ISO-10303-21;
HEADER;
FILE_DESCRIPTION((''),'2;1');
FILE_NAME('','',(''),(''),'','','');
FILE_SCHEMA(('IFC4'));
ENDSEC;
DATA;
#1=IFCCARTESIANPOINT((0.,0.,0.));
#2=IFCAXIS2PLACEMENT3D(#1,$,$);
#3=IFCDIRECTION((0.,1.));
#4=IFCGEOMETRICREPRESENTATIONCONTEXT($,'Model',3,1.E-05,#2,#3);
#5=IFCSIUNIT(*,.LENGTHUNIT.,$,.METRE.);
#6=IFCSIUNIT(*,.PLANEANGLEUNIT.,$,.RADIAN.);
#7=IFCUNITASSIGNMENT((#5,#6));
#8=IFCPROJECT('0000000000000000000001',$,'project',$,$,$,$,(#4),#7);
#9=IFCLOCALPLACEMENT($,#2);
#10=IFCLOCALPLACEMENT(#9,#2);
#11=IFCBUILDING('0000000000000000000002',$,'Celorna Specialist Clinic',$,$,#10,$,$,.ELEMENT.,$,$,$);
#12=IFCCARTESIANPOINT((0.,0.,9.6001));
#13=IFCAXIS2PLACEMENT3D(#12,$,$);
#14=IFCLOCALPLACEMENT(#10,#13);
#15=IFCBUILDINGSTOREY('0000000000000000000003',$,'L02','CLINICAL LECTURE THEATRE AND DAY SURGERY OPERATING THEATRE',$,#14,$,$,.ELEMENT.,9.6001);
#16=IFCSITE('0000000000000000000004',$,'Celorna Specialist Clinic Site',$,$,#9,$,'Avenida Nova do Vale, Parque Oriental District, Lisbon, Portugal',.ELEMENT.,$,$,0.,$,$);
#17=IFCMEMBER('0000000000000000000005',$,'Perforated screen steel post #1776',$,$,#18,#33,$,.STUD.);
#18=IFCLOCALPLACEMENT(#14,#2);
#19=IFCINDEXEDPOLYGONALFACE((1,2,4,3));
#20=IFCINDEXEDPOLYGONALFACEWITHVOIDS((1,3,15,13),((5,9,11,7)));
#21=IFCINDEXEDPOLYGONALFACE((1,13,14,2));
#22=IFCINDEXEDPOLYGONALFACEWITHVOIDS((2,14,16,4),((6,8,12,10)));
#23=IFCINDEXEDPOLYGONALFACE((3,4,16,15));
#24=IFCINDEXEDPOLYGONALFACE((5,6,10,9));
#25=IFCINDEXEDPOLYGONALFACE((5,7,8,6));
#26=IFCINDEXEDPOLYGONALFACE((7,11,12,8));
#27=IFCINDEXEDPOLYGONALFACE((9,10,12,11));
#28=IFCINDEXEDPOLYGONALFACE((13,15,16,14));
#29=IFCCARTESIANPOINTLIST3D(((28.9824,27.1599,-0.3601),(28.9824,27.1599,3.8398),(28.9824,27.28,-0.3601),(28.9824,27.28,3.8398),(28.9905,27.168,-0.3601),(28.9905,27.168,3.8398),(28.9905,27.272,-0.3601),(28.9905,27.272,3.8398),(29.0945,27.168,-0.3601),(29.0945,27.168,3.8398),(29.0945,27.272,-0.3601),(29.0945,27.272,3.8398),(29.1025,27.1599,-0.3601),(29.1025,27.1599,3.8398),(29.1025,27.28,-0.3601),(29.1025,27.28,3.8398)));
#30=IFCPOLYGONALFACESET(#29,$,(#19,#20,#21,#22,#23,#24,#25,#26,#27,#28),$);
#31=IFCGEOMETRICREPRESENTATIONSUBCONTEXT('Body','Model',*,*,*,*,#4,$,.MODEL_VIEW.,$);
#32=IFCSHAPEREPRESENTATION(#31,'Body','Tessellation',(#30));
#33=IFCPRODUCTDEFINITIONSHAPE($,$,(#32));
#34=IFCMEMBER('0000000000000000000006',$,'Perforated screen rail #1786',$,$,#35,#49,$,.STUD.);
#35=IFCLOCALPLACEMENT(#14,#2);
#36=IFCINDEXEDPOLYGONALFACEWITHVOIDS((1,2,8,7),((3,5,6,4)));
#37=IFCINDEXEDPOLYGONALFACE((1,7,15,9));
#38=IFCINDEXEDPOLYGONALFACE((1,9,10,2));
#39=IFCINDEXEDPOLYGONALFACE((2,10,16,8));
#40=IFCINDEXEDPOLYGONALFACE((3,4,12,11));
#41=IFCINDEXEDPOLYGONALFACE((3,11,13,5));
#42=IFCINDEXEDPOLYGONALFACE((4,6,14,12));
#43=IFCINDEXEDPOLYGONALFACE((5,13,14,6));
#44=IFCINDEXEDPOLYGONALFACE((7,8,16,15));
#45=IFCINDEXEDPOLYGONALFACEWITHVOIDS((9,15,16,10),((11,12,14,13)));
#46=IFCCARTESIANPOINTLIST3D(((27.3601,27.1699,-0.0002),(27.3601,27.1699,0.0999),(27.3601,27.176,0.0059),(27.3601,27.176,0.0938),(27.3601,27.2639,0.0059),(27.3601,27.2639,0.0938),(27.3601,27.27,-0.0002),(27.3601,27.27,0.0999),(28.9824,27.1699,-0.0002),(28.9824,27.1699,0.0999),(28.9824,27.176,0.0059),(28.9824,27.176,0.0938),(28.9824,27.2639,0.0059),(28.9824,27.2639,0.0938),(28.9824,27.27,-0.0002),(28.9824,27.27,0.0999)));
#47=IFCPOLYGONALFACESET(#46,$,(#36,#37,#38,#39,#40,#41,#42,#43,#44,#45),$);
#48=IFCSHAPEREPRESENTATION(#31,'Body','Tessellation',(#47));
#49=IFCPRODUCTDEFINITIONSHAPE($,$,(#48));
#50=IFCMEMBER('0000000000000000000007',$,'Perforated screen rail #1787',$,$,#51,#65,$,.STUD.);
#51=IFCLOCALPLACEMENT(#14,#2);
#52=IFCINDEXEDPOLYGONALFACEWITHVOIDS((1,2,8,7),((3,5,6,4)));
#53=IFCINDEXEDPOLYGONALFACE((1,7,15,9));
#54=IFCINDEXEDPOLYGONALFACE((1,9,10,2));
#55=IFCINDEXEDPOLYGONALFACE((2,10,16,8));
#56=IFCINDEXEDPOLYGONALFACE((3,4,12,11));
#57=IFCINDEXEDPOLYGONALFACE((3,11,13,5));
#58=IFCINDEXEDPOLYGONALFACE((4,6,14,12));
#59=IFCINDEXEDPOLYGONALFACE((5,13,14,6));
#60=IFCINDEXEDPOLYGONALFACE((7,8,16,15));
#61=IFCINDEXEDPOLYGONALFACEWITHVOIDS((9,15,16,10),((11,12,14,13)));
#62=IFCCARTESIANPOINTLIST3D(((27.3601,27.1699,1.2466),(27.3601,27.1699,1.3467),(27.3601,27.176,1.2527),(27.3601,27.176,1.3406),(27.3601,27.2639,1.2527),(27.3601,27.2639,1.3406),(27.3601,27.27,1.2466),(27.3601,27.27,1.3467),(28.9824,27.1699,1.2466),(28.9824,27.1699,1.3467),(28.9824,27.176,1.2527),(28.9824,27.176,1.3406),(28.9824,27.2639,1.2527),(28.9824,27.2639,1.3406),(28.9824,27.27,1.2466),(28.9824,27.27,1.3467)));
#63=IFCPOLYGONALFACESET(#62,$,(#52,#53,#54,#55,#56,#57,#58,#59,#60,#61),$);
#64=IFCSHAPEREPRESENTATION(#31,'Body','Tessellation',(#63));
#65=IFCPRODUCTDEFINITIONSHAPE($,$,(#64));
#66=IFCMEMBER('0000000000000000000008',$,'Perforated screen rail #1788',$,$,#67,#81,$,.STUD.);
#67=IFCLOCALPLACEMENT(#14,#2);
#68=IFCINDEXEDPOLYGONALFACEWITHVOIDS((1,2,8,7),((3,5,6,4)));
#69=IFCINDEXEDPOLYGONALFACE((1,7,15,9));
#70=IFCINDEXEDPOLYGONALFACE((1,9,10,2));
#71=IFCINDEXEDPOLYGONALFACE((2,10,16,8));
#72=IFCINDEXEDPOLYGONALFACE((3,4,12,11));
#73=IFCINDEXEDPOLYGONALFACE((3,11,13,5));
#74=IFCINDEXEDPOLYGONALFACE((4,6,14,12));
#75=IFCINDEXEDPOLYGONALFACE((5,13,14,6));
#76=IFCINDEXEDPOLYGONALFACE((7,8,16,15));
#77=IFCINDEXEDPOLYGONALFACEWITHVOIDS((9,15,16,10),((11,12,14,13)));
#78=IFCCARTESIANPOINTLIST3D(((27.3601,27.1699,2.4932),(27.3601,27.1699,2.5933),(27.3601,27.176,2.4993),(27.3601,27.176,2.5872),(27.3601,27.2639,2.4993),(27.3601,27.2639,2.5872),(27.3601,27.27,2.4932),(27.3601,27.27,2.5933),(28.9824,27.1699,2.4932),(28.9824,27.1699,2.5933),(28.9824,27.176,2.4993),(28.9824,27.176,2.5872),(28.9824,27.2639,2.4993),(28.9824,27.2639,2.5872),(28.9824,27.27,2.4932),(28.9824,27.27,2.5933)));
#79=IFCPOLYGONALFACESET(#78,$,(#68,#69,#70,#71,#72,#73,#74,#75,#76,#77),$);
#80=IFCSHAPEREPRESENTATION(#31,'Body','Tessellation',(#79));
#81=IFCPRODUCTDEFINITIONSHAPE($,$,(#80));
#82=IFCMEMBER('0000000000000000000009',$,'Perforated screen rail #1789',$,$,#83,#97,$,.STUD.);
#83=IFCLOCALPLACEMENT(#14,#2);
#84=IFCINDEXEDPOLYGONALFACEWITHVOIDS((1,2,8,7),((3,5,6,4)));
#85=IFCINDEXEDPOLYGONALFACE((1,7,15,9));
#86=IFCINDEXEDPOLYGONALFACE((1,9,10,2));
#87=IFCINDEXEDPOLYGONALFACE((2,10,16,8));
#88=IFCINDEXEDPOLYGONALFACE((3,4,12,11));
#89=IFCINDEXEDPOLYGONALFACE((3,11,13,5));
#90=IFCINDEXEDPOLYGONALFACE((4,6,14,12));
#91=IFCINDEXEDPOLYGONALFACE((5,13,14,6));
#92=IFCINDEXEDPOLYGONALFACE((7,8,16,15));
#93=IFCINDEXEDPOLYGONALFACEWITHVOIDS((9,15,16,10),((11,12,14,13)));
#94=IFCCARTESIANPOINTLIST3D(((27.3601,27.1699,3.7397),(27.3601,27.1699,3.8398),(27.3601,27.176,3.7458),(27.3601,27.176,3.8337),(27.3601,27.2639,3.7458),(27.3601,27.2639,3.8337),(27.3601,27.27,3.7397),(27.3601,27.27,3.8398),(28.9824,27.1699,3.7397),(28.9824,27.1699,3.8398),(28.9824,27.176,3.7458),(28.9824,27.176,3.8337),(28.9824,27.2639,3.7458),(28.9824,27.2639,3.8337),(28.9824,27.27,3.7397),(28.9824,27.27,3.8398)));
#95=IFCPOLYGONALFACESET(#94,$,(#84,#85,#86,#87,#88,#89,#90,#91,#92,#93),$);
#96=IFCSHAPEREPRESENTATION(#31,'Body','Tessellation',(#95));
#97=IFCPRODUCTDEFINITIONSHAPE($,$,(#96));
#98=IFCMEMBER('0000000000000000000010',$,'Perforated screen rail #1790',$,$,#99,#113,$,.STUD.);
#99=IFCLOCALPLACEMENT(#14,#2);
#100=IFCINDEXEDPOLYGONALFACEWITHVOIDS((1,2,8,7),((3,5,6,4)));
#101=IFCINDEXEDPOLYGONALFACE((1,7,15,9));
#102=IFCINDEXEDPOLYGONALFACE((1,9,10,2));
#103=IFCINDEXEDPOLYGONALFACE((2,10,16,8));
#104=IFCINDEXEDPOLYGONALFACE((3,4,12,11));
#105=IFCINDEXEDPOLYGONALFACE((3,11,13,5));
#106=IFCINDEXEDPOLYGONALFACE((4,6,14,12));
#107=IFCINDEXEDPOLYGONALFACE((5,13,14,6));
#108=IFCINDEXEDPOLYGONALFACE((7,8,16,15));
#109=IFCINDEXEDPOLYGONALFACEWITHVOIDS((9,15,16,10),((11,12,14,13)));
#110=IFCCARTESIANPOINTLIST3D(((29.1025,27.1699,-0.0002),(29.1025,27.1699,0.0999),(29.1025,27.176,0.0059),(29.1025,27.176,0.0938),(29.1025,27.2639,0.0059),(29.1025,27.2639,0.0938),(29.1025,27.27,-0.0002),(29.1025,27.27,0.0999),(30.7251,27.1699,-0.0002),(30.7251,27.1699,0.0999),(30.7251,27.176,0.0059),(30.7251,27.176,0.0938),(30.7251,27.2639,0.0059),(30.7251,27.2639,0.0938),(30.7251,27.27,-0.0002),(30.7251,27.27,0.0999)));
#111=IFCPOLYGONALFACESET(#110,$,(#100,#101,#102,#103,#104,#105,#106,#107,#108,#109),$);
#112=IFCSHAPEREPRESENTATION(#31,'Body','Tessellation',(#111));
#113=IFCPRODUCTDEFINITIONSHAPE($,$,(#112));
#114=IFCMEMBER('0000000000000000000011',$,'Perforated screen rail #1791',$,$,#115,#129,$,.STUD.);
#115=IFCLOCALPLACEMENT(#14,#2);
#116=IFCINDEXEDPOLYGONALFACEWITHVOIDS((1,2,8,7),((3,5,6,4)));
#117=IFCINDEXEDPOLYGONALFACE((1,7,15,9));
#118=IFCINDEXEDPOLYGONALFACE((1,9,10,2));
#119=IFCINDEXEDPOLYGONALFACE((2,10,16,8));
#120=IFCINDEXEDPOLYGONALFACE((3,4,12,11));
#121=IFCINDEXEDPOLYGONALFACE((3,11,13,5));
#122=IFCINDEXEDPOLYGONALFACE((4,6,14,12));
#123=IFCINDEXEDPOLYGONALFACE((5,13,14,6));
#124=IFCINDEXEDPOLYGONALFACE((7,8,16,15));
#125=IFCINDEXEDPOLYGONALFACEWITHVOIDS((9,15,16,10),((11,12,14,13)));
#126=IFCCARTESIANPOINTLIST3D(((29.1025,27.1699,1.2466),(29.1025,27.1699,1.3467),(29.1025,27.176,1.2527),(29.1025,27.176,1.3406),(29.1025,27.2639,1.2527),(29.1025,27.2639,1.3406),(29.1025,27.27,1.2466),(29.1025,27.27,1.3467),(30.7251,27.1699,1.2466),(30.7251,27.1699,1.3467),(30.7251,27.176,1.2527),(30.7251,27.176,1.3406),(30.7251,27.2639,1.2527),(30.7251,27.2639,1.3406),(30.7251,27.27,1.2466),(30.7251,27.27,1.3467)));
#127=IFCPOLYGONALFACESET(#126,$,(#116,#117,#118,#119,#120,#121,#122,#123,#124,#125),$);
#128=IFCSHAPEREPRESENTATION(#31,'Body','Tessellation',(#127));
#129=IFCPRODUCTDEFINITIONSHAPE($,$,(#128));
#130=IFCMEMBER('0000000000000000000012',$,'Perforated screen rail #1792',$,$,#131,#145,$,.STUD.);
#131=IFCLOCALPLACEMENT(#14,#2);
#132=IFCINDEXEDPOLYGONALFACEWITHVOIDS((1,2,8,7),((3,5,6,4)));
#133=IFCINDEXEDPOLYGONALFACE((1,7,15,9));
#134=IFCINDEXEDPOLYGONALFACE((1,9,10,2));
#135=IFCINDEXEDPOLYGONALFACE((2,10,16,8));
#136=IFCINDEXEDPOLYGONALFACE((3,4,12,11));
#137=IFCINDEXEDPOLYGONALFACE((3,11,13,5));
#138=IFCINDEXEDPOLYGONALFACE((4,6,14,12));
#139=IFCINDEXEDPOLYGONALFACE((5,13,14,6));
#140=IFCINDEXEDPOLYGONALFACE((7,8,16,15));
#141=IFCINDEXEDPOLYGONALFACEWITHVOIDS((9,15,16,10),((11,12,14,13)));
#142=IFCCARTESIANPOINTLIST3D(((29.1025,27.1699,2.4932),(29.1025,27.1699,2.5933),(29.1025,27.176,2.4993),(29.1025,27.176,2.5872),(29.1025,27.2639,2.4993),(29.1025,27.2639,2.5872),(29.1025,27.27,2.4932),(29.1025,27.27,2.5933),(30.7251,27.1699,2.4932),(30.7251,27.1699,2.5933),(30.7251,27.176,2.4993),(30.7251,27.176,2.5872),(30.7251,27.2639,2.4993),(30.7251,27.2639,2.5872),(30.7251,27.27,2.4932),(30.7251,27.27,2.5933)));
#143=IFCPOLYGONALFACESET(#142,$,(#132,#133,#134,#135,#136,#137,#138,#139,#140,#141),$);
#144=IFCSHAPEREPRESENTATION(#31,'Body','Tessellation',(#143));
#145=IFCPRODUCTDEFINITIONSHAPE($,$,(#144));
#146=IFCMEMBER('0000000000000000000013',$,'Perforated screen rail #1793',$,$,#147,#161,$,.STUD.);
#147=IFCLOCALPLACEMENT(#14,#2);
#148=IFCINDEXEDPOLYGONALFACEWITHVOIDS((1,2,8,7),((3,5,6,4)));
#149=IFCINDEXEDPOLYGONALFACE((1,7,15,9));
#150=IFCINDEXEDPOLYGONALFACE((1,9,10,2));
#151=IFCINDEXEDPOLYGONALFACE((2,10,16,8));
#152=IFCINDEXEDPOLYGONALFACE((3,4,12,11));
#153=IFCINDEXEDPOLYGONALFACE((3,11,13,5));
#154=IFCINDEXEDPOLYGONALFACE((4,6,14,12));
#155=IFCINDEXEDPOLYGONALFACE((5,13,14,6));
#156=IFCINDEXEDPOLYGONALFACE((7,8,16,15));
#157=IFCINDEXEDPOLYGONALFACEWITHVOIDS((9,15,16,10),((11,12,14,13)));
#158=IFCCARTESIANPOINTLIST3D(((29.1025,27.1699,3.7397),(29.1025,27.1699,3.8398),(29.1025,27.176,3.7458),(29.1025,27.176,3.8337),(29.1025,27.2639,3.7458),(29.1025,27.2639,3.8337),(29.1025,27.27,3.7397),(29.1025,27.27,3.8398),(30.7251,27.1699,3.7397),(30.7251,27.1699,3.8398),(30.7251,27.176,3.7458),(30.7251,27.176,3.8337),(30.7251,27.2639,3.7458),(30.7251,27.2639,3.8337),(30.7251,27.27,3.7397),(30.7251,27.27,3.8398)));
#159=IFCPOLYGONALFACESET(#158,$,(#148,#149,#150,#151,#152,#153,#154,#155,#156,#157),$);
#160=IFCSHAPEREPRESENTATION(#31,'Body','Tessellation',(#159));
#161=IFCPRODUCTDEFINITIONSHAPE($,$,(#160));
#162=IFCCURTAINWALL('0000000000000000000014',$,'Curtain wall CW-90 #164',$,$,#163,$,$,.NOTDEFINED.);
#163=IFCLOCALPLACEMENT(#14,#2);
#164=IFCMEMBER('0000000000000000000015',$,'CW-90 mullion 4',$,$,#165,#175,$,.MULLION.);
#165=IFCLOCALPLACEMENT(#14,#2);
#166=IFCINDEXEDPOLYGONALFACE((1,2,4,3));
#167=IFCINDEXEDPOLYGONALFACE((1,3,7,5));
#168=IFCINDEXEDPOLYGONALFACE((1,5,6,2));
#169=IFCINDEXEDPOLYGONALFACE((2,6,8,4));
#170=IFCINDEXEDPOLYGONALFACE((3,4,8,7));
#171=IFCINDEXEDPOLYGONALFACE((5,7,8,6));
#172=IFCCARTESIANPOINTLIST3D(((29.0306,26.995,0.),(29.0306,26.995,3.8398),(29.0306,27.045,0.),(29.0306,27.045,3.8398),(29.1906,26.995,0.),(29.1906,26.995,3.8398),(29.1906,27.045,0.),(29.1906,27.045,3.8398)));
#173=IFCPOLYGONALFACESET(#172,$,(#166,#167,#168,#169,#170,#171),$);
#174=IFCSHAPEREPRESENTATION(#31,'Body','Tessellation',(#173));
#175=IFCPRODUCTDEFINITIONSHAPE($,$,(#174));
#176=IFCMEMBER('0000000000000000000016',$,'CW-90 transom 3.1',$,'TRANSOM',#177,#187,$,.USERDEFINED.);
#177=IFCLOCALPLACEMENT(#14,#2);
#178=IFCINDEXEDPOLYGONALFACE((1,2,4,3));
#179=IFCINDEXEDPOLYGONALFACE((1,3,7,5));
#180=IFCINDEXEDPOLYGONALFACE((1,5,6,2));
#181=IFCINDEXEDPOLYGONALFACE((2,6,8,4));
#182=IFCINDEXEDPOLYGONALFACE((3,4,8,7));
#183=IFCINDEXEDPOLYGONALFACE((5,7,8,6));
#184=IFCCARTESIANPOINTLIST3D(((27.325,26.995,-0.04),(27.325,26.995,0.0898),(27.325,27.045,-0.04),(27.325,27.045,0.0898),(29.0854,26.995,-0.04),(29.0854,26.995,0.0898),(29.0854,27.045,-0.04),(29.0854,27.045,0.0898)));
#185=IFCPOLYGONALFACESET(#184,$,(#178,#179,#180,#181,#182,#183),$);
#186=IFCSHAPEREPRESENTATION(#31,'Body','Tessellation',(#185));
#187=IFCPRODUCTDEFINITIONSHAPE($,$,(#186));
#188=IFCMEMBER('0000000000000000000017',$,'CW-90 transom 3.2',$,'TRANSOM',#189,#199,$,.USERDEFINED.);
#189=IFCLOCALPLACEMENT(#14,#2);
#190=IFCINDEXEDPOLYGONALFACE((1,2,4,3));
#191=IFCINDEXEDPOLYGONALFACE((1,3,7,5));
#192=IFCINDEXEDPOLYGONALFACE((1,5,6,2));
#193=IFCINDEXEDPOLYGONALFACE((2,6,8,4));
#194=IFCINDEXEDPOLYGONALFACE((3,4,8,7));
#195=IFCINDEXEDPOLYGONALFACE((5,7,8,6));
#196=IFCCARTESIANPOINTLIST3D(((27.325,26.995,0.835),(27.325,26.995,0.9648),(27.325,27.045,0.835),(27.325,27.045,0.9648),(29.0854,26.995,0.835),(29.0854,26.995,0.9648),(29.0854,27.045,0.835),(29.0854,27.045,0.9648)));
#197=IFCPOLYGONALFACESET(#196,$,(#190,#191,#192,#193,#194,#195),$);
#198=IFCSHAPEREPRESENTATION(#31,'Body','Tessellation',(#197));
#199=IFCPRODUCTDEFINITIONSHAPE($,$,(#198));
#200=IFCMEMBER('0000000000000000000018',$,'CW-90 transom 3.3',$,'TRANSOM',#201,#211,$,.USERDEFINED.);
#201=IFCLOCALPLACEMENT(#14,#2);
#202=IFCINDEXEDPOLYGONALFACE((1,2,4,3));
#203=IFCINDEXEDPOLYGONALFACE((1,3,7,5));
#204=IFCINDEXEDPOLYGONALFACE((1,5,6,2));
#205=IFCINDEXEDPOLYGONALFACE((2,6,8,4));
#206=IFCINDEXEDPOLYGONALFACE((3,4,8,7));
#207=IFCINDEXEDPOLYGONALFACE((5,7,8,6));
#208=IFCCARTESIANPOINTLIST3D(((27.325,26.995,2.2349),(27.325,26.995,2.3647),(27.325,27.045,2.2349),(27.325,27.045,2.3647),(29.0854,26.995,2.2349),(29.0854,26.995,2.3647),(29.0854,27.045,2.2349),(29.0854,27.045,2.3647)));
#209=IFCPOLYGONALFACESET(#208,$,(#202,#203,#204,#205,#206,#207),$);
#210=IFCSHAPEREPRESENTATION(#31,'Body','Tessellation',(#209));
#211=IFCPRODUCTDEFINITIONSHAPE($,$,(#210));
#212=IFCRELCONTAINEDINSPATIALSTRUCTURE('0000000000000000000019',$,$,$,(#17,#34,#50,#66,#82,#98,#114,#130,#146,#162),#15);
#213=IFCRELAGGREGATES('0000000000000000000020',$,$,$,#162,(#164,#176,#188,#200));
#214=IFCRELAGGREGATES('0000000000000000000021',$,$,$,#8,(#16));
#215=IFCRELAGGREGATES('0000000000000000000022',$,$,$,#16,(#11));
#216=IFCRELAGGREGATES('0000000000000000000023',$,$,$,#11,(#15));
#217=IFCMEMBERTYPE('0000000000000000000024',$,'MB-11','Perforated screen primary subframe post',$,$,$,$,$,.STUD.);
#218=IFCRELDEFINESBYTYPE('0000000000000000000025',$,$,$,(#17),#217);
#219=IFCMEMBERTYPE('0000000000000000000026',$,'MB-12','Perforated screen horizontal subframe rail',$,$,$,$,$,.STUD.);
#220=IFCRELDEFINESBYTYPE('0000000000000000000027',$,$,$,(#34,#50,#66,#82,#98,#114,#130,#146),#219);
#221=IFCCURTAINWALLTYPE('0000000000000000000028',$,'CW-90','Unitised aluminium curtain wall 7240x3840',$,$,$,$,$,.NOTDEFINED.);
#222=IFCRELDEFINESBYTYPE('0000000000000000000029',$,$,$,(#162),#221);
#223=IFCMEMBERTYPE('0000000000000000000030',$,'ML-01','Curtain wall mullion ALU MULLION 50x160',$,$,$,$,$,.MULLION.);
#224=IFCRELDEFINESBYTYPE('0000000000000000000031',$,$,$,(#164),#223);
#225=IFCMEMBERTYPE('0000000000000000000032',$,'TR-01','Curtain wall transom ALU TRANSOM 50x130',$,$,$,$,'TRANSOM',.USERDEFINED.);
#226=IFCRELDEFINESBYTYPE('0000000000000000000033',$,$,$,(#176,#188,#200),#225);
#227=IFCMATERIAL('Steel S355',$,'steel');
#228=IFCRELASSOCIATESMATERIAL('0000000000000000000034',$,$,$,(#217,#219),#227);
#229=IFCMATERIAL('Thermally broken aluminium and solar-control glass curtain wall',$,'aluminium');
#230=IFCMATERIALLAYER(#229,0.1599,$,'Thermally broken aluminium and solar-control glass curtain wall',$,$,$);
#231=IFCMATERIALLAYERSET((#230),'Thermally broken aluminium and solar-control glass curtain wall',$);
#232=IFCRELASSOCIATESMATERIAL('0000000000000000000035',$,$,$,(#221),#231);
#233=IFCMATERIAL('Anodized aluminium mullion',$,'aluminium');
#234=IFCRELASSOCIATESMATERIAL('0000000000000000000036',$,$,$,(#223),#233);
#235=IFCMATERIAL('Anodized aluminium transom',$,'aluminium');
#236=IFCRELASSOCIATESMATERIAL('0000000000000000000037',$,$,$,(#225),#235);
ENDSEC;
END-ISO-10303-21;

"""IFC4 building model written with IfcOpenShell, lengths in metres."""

from ifc_helpers import new_model, si_unit, direction, frame, origin, origin_2d, place, context, subcontext, project, spatial, rectangle, hollow_rectangle, extrude, material, layer, layer_set, material_profile, profile_set, type_object, element, aggregate, save


model = new_model("IFC4")

# Units and contexts
model_context = context("Model", 3, precision=1e-05, world=origin(), true_north=direction((0.0, 1.0)))
body_context = subcontext(model_context, "Body", "Model", "MODEL_VIEW")
ifc_project = project(units=[si_unit("LENGTHUNIT", "METRE"), si_unit("PLANEANGLEUNIT", "RADIAN")], contexts=[model_context])

# Site, building, storey
site_placement = place(None, origin())
site = spatial("IfcSite", under=ifc_project, at=site_placement, Name="Celorna Specialist Clinic Site", LongName="Avenida Nova do Vale, Parque Oriental District, Lisbon, Portugal", CompositionType="ELEMENT", RefElevation=0.0)
building_placement = place(site_placement, origin())
building = spatial("IfcBuilding", under=site, at=building_placement, Name="Celorna Specialist Clinic", CompositionType="ELEMENT")
storey_placement = place(building_placement, frame((0.0, 0.0, 9.6001)))
storey = spatial("IfcBuildingStorey", under=building, at=storey_placement, Name="L02", Description="CLINICAL LECTURE THEATRE AND DAY SURGERY OPERATING THEATRE", CompositionType="ELEMENT", Elevation=9.6001)

# Members
ifc_material_1 = material(Name="Steel S355", Category="steel")
ifc_material_profile_1 = material_profile(ifc_material_1, hollow_rectangle(XDim=0.1201, YDim=0.1201, WallThickness=0.0081, at=origin_2d()), Name="SHS 120x120x8")
ifc_profile_set_1 = profile_set([ifc_material_profile_1], Name="Steel S355")
member_type_1 = type_object("IfcMemberType", Name="MB-11", Description="Perforated screen primary subframe post", PredefinedType="STUD", material=ifc_profile_set_1)
member_1_placement = place(storey_placement, frame((29.0425, 27.22, -0.3601), z_axis=(0.0, 0.0, 1.0), x_axis=(1.0, 0.0, 0.0)))
element("IfcMember", 1, at=member_1_placement, inside=storey, type_object=member_type_1, Name="Perforated screen steel post #1776", PredefinedType="STUD", context=body_context, shape_type="SweptSolid", body=[
    extrude(hollow_rectangle(XDim=0.1201, YDim=0.1201, WallThickness=0.0081, at=origin_2d()), origin(), (0.0, 0.0, 1.0), 4.2),
])
ifc_material_profile_2 = material_profile(ifc_material_1, hollow_rectangle(XDim=0.1001, YDim=0.1001, WallThickness=0.0061, at=origin_2d()), Name="SHS 100x100x6")
ifc_profile_set_2 = profile_set([ifc_material_profile_2], Name="Steel S355")
member_type_2 = type_object("IfcMemberType", Name="MB-12", Description="Perforated screen horizontal subframe rail", PredefinedType="STUD", material=ifc_profile_set_2)
for number, where, z_axis, x_axis, name in (
    (2, (27.3601, 27.22, 0.0498), (1.0, 0.0, 0.0), (0.0, 1.0, 0.0), "Perforated screen rail #1786"),
    (3, (27.3601, 27.22, 1.2966), (1.0, 0.0, 0.0), (0.0, 1.0, 0.0), "Perforated screen rail #1787"),
    (4, (27.3601, 27.22, 2.5432), (1.0, 0.0, 0.0), (0.0, 1.0, 0.0), "Perforated screen rail #1788"),
    (5, (27.3601, 27.22, 3.7898), (1.0, 0.0, 0.0), (0.0, 1.0, 0.0), "Perforated screen rail #1789"),
):
    element("IfcMember", number, at=place(storey_placement, frame(where, z_axis=z_axis, x_axis=x_axis)), inside=storey, type_object=member_type_2, Name=name, PredefinedType="STUD", context=body_context, shape_type="SweptSolid", body=[
        extrude(hollow_rectangle(XDim=0.1001, YDim=0.1001, WallThickness=0.0061, at=origin_2d()), origin(), (0.0, 0.0, 1.0), 1.6223),
    ])
for number, where, z_axis, x_axis, name in (
    (6, (29.1025, 27.22, 0.0498), (1.0, 0.0, 0.0), (0.0, 1.0, 0.0), "Perforated screen rail #1790"),
    (7, (29.1025, 27.22, 1.2966), (1.0, 0.0, 0.0), (0.0, 1.0, 0.0), "Perforated screen rail #1791"),
    (8, (29.1025, 27.22, 2.5432), (1.0, 0.0, 0.0), (0.0, 1.0, 0.0), "Perforated screen rail #1792"),
    (9, (29.1025, 27.22, 3.7898), (1.0, 0.0, 0.0), (0.0, 1.0, 0.0), "Perforated screen rail #1793"),
):
    element("IfcMember", number, at=place(storey_placement, frame(where, z_axis=z_axis, x_axis=x_axis)), inside=storey, type_object=member_type_2, Name=name, PredefinedType="STUD", context=body_context, shape_type="SweptSolid", body=[
        extrude(hollow_rectangle(XDim=0.1001, YDim=0.1001, WallThickness=0.0061, at=origin_2d()), origin(), (0.0, 0.0, 1.0), 1.6226),
    ])

# Curtain wall, members
ifc_material_2 = material(Name="Thermally broken aluminium and solar-control glass curtain wall", Category="aluminium")
ifc_layer_1 = layer(ifc_material_2, 0.1599, Name="Thermally broken aluminium and solar-control glass curtain wall")
ifc_layer_set_1 = layer_set([ifc_layer_1], Name="Thermally broken aluminium and solar-control glass curtain wall")
curtain_wall_type = type_object("IfcCurtainWallType", Name="CW-90", Description="Unitised aluminium curtain wall 7240x3840", PredefinedType="NOTDEFINED", material=ifc_layer_set_1)
curtain_wall_placement = place(storey_placement, origin())
curtain_wall = element("IfcCurtainWall", 10, at=curtain_wall_placement, inside=storey, type_object=curtain_wall_type, Name="Curtain wall CW-90 #164", PredefinedType="NOTDEFINED")
ifc_material_3 = material(Name="Anodized aluminium mullion", Category="aluminium")
ifc_material_profile_3 = material_profile(ifc_material_3, rectangle(XDim=0.05, YDim=0.1599, at=origin_2d()), Name="ALU MULLION 50x160")
ifc_profile_set_3 = profile_set([ifc_material_profile_3], Name="Anodized aluminium mullion")
member_type_3 = type_object("IfcMemberType", Name="ML-01", Description="Curtain wall mullion ALU MULLION 50x160", PredefinedType="MULLION", material=ifc_profile_set_3)
member_2_placement = place(storey_placement, frame((29.1106, 27.02, 0.0), z_axis=(0.0, 0.0, 1.0), x_axis=(0.0, 1.0, 0.0)))
member_2 = element("IfcMember", 11, at=member_2_placement, type_object=member_type_3, Name="CW-90 mullion 4", PredefinedType="MULLION", context=body_context, shape_type="SweptSolid", body=[
    extrude(rectangle(XDim=0.05, YDim=0.1599, at=origin_2d()), origin(), (0.0, 0.0, 1.0), 3.8398),
])
ifc_material_4 = material(Name="Anodized aluminium transom", Category="aluminium")
ifc_material_profile_4 = material_profile(ifc_material_4, rectangle(XDim=0.05, YDim=0.1299, at=origin_2d()), Name="ALU TRANSOM 50x130")
ifc_profile_set_4 = profile_set([ifc_material_profile_4], Name="Anodized aluminium transom")
member_type_4 = type_object("IfcMemberType", Name="TR-01", Description="Curtain wall transom ALU TRANSOM 50x130", ElementType="TRANSOM", PredefinedType="USERDEFINED", material=ifc_profile_set_4)
member_3_placement = place(storey_placement, frame((27.325, 27.02, 0.0249), z_axis=(1.0, 0.0, 0.0), x_axis=(0.0, 1.0, 0.0)))
member_3 = element("IfcMember", 12, at=member_3_placement, type_object=member_type_4, Name="CW-90 transom 3.1", ObjectType="TRANSOM", PredefinedType="USERDEFINED", context=body_context, shape_type="SweptSolid", body=[
    extrude(rectangle(XDim=0.05, YDim=0.1299, at=origin_2d()), origin(), (0.0, 0.0, 1.0), 1.7605),
])
member_4_placement = place(storey_placement, frame((27.325, 27.02, 0.8999), z_axis=(1.0, 0.0, 0.0), x_axis=(0.0, 1.0, 0.0)))
member_4 = element("IfcMember", 13, at=member_4_placement, type_object=member_type_4, Name="CW-90 transom 3.2", ObjectType="TRANSOM", PredefinedType="USERDEFINED", context=body_context, shape_type="SweptSolid", body=[
    extrude(rectangle(XDim=0.05, YDim=0.1299, at=origin_2d()), origin(), (0.0, 0.0, 1.0), 1.7605),
])
member_5_placement = place(storey_placement, frame((27.325, 27.02, 2.2998), z_axis=(1.0, 0.0, 0.0), x_axis=(0.0, 1.0, 0.0)))
member_5 = element("IfcMember", 14, at=member_5_placement, type_object=member_type_4, Name="CW-90 transom 3.3", ObjectType="TRANSOM", PredefinedType="USERDEFINED", context=body_context, shape_type="SweptSolid", body=[
    extrude(rectangle(XDim=0.05, YDim=0.1299, at=origin_2d()), origin(), (0.0, 0.0, 1.0), 1.7605),
])
aggregate(curtain_wall, [member_2, member_3, member_4, member_5])

save(model, "model.ifc")
